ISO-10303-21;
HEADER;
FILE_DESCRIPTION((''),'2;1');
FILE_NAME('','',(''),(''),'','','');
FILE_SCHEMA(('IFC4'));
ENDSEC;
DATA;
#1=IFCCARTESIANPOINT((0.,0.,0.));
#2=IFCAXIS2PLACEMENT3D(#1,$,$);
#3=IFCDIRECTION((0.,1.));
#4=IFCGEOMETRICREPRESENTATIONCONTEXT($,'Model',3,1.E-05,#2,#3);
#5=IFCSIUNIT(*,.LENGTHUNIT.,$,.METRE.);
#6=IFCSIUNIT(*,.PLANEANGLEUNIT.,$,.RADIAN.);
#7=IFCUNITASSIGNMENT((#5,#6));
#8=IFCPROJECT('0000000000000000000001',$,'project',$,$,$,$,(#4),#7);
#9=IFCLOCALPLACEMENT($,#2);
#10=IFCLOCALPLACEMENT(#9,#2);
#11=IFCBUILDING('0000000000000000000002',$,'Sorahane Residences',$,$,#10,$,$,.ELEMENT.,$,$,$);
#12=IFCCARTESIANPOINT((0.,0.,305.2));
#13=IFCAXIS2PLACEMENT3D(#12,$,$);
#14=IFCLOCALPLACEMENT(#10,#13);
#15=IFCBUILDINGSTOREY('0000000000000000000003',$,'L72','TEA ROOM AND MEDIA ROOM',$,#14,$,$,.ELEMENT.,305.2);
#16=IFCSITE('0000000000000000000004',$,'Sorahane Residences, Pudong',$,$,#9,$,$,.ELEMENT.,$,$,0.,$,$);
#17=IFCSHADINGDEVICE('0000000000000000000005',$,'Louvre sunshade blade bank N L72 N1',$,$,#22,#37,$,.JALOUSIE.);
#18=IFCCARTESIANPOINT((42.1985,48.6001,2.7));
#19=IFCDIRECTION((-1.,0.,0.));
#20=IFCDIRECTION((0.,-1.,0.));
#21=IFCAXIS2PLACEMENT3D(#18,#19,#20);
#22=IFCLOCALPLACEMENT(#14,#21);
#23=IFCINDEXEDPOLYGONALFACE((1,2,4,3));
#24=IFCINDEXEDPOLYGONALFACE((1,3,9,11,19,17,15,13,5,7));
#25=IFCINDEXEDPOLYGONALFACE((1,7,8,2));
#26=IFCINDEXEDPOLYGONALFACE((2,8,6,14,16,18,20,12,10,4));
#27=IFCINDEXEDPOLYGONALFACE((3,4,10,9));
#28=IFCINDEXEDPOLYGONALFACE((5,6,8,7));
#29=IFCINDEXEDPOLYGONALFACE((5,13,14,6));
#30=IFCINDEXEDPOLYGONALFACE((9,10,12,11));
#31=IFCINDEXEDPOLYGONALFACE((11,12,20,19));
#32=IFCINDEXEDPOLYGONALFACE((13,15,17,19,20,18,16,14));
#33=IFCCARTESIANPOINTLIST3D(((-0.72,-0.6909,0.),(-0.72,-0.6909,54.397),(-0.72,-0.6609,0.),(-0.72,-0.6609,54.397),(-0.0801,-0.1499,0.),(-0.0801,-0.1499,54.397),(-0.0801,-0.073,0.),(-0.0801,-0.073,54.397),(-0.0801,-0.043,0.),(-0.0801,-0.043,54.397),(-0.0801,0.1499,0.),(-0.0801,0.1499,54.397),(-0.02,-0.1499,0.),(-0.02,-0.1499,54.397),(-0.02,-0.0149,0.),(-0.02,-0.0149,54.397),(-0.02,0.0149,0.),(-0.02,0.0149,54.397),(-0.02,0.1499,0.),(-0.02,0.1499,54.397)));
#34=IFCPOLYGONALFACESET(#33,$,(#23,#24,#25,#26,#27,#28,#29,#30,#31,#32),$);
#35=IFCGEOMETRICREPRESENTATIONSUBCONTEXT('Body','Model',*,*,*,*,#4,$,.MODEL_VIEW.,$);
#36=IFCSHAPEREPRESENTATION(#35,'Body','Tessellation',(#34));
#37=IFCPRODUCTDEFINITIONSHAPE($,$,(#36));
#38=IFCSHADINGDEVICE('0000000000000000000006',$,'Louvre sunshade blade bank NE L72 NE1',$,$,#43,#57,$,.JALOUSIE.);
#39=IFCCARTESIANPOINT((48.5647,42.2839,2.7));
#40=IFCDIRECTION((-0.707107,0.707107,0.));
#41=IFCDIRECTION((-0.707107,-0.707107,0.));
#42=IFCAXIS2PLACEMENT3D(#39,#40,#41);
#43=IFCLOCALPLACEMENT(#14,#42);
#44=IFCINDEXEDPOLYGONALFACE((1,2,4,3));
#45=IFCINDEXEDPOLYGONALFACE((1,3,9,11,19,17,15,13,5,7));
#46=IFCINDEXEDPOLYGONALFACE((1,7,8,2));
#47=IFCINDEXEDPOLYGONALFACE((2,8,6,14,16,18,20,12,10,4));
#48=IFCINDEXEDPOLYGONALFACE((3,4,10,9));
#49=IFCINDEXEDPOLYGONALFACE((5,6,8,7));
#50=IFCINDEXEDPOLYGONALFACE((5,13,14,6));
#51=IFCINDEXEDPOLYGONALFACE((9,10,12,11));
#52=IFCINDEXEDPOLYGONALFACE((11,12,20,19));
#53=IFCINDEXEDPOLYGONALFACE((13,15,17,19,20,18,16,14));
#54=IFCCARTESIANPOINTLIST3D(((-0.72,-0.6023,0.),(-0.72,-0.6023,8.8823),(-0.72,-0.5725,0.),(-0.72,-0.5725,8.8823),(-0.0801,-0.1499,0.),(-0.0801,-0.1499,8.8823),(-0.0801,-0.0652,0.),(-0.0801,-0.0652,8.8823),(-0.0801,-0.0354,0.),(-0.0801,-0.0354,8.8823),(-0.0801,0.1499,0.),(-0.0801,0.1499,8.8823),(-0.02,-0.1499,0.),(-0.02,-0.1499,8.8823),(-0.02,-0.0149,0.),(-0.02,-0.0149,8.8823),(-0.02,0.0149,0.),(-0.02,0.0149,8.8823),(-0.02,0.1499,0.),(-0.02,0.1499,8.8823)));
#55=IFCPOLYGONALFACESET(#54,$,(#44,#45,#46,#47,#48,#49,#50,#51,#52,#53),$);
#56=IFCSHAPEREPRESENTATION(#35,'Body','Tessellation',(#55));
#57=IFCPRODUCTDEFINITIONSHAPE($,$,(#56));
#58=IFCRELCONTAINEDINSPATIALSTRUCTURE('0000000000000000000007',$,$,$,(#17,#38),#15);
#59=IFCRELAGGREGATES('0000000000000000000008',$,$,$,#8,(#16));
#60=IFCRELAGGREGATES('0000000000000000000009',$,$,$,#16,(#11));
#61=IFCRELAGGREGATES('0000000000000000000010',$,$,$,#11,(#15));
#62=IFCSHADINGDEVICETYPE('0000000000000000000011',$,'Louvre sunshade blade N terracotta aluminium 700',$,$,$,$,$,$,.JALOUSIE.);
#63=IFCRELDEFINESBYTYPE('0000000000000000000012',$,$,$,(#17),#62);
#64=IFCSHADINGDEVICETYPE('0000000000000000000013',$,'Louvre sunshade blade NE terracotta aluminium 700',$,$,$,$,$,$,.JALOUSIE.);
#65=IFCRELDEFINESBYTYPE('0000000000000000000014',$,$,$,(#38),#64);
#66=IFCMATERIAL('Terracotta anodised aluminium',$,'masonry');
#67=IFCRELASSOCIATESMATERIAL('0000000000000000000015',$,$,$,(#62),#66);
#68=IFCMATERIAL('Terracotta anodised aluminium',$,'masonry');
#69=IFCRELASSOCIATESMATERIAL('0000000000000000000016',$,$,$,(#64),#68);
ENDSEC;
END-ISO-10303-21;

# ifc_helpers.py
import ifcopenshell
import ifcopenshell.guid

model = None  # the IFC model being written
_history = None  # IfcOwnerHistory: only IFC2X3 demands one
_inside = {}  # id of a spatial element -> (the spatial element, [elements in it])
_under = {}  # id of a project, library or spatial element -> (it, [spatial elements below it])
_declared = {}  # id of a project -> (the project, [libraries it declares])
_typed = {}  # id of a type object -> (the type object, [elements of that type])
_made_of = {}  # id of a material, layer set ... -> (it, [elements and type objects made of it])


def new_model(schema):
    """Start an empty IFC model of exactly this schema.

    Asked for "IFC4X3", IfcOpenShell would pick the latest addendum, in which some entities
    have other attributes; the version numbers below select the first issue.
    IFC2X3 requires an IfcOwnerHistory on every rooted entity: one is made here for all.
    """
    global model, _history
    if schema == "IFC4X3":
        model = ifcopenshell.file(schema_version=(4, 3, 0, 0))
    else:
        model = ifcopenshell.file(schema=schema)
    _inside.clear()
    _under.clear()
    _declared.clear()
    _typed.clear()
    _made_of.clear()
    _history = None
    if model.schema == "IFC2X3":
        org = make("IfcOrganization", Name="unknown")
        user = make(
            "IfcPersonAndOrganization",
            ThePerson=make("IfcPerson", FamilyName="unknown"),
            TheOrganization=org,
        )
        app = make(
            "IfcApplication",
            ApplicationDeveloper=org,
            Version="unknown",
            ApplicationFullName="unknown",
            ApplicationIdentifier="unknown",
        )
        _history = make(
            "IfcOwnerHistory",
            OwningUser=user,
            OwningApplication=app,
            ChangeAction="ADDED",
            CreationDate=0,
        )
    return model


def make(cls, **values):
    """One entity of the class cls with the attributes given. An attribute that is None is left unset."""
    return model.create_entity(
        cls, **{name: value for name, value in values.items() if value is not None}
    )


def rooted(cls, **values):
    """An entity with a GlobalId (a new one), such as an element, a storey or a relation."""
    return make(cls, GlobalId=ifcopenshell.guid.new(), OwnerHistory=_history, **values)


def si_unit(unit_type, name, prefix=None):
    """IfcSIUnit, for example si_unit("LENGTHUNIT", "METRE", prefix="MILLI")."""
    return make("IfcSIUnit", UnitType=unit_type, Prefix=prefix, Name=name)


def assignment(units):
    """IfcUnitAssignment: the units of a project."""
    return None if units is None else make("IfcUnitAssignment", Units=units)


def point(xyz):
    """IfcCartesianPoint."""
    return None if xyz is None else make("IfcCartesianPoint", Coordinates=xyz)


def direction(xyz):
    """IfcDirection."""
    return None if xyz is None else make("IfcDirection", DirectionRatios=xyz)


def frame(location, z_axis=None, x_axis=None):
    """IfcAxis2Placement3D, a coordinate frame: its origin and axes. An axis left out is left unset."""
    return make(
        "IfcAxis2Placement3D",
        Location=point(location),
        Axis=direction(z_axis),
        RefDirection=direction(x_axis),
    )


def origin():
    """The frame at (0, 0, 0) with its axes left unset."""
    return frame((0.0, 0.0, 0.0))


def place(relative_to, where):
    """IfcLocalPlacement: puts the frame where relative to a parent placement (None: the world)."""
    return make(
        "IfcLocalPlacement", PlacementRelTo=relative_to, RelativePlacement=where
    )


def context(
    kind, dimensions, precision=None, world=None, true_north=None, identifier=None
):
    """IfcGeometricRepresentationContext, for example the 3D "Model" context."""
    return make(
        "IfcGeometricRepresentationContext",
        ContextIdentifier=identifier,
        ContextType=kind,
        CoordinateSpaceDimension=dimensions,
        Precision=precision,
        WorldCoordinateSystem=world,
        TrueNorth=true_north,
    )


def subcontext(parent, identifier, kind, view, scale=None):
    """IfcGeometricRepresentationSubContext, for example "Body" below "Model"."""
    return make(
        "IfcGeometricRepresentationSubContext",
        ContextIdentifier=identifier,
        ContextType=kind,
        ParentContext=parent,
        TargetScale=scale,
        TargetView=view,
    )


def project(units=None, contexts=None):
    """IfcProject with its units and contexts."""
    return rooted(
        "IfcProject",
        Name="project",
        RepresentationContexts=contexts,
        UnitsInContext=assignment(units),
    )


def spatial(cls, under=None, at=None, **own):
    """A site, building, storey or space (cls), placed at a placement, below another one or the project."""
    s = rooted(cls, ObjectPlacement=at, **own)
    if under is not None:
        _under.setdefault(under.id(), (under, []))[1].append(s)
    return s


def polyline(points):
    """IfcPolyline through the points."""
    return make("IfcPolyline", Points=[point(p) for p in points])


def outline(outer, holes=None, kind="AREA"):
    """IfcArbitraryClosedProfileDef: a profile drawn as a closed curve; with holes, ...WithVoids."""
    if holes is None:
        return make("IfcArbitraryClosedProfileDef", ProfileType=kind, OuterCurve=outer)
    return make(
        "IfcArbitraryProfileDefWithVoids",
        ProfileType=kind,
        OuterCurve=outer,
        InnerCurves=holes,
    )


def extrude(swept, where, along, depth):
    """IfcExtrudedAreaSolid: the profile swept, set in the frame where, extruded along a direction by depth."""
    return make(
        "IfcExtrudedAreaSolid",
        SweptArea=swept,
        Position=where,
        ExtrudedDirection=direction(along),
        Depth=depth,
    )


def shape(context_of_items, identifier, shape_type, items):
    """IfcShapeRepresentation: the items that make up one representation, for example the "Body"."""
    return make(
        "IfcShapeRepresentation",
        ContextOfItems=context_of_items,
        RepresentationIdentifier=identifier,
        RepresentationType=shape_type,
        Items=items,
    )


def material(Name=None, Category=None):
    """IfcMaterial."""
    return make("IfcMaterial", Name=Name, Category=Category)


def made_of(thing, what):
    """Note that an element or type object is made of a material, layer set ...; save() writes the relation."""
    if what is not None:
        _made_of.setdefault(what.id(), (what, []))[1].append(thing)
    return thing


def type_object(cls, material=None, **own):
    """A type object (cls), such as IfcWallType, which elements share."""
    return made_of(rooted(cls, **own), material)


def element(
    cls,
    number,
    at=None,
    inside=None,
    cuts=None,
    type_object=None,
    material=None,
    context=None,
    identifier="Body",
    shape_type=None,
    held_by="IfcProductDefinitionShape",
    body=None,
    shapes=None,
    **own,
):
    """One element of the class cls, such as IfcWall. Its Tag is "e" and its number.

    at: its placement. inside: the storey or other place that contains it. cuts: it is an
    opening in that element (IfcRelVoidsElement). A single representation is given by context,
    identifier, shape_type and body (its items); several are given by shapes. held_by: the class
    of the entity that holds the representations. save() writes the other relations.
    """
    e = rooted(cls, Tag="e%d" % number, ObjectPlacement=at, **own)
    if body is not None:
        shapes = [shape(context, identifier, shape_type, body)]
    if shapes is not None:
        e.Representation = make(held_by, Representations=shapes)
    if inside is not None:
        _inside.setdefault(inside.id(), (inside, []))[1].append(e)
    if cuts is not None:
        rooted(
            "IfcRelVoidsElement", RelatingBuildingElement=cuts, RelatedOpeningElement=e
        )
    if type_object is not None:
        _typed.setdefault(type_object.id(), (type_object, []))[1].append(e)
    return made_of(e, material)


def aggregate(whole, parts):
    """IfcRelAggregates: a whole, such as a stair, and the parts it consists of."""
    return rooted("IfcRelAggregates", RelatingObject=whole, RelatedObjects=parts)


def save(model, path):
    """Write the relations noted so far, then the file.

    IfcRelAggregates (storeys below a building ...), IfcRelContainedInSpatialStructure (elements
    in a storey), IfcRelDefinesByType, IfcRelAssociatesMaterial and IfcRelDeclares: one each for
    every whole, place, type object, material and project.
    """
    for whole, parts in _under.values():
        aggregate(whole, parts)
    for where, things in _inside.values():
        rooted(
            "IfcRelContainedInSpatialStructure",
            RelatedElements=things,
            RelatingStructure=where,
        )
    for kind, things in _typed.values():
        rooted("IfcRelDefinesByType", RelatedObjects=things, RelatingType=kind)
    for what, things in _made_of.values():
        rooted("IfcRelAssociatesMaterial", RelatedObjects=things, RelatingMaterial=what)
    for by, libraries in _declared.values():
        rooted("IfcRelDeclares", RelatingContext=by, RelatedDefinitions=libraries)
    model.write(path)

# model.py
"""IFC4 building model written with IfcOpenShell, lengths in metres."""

from ifc_helpers import new_model, si_unit, direction, frame, origin, place, context, subcontext, project, spatial, polyline, outline, extrude, material, type_object, element, save


model = new_model("IFC4")

# Units and contexts
model_context = context("Model", 3, precision=1e-05, world=origin(), true_north=direction((0.0, 1.0)))
body_context = subcontext(model_context, "Body", "Model", "MODEL_VIEW")
ifc_project = project(units=[si_unit("LENGTHUNIT", "METRE"), si_unit("PLANEANGLEUNIT", "RADIAN")], contexts=[model_context])

# Site, building, storey
site_placement = place(None, origin())
site = spatial("IfcSite", under=ifc_project, at=site_placement, Name="Sorahane Residences, Pudong", CompositionType="ELEMENT", RefElevation=0.0)
building_placement = place(site_placement, origin())
building = spatial("IfcBuilding", under=site, at=building_placement, Name="Sorahane Residences", CompositionType="ELEMENT")
storey_placement = place(building_placement, frame((0.0, 0.0, 305.2)))
storey = spatial("IfcBuildingStorey", under=building, at=storey_placement, Name="L72", Description="TEA ROOM AND MEDIA ROOM", CompositionType="ELEMENT", Elevation=305.2)

# Shading devices
ifc_material_1 = material(Name="Terracotta anodised aluminium", Category="masonry")
shading_device_type_1 = type_object("IfcShadingDeviceType", Name="Louvre sunshade blade N terracotta aluminium 700", PredefinedType="JALOUSIE", material=ifc_material_1)
shading_device_1_placement = place(storey_placement, frame((42.1985, 48.6001, 2.7), z_axis=(-1.0, 0.0, 0.0), x_axis=(0.0, -1.0, 0.0)))
element("IfcShadingDevice", 1, at=shading_device_1_placement, inside=storey, type_object=shading_device_type_1, Name="Louvre sunshade blade bank N L72 N1", PredefinedType="JALOUSIE", context=body_context, shape_type="SweptSolid", body=[
    extrude(outline(polyline([(-0.72, -0.6609), (-0.72, -0.6909), (-0.0801, -0.073), (-0.0801, -0.1499), (-0.02, -0.1499), (-0.02, -0.0149), (-0.02, 0.0149), (-0.02, 0.1499), (-0.0801, 0.1499), (-0.0801, -0.043), (-0.72, -0.6609)])), origin(), (0.0, 0.0, 1.0), 54.397),
])
ifc_material_2 = material(Name="Terracotta anodised aluminium", Category="masonry")
shading_device_type_2 = type_object("IfcShadingDeviceType", Name="Louvre sunshade blade NE terracotta aluminium 700", PredefinedType="JALOUSIE", material=ifc_material_2)
shading_device_2_placement = place(storey_placement, frame((48.5647, 42.2839, 2.7), z_axis=(-0.707107, 0.707107, 0.0), x_axis=(-0.707107, -0.707107, 0.0)))
element("IfcShadingDevice", 2, at=shading_device_2_placement, inside=storey, type_object=shading_device_type_2, Name="Louvre sunshade blade bank NE L72 NE1", PredefinedType="JALOUSIE", context=body_context, shape_type="SweptSolid", body=[
    extrude(outline(polyline([(-0.72, -0.5725), (-0.72, -0.6023), (-0.0801, -0.0652), (-0.0801, -0.1499), (-0.02, -0.1499), (-0.02, -0.0149), (-0.02, 0.0149), (-0.02, 0.1499), (-0.0801, 0.1499), (-0.0801, -0.0354), (-0.72, -0.5725)])), origin(), (0.0, 0.0, 1.0), 8.8823),
])

save(model, "model.ifc")
